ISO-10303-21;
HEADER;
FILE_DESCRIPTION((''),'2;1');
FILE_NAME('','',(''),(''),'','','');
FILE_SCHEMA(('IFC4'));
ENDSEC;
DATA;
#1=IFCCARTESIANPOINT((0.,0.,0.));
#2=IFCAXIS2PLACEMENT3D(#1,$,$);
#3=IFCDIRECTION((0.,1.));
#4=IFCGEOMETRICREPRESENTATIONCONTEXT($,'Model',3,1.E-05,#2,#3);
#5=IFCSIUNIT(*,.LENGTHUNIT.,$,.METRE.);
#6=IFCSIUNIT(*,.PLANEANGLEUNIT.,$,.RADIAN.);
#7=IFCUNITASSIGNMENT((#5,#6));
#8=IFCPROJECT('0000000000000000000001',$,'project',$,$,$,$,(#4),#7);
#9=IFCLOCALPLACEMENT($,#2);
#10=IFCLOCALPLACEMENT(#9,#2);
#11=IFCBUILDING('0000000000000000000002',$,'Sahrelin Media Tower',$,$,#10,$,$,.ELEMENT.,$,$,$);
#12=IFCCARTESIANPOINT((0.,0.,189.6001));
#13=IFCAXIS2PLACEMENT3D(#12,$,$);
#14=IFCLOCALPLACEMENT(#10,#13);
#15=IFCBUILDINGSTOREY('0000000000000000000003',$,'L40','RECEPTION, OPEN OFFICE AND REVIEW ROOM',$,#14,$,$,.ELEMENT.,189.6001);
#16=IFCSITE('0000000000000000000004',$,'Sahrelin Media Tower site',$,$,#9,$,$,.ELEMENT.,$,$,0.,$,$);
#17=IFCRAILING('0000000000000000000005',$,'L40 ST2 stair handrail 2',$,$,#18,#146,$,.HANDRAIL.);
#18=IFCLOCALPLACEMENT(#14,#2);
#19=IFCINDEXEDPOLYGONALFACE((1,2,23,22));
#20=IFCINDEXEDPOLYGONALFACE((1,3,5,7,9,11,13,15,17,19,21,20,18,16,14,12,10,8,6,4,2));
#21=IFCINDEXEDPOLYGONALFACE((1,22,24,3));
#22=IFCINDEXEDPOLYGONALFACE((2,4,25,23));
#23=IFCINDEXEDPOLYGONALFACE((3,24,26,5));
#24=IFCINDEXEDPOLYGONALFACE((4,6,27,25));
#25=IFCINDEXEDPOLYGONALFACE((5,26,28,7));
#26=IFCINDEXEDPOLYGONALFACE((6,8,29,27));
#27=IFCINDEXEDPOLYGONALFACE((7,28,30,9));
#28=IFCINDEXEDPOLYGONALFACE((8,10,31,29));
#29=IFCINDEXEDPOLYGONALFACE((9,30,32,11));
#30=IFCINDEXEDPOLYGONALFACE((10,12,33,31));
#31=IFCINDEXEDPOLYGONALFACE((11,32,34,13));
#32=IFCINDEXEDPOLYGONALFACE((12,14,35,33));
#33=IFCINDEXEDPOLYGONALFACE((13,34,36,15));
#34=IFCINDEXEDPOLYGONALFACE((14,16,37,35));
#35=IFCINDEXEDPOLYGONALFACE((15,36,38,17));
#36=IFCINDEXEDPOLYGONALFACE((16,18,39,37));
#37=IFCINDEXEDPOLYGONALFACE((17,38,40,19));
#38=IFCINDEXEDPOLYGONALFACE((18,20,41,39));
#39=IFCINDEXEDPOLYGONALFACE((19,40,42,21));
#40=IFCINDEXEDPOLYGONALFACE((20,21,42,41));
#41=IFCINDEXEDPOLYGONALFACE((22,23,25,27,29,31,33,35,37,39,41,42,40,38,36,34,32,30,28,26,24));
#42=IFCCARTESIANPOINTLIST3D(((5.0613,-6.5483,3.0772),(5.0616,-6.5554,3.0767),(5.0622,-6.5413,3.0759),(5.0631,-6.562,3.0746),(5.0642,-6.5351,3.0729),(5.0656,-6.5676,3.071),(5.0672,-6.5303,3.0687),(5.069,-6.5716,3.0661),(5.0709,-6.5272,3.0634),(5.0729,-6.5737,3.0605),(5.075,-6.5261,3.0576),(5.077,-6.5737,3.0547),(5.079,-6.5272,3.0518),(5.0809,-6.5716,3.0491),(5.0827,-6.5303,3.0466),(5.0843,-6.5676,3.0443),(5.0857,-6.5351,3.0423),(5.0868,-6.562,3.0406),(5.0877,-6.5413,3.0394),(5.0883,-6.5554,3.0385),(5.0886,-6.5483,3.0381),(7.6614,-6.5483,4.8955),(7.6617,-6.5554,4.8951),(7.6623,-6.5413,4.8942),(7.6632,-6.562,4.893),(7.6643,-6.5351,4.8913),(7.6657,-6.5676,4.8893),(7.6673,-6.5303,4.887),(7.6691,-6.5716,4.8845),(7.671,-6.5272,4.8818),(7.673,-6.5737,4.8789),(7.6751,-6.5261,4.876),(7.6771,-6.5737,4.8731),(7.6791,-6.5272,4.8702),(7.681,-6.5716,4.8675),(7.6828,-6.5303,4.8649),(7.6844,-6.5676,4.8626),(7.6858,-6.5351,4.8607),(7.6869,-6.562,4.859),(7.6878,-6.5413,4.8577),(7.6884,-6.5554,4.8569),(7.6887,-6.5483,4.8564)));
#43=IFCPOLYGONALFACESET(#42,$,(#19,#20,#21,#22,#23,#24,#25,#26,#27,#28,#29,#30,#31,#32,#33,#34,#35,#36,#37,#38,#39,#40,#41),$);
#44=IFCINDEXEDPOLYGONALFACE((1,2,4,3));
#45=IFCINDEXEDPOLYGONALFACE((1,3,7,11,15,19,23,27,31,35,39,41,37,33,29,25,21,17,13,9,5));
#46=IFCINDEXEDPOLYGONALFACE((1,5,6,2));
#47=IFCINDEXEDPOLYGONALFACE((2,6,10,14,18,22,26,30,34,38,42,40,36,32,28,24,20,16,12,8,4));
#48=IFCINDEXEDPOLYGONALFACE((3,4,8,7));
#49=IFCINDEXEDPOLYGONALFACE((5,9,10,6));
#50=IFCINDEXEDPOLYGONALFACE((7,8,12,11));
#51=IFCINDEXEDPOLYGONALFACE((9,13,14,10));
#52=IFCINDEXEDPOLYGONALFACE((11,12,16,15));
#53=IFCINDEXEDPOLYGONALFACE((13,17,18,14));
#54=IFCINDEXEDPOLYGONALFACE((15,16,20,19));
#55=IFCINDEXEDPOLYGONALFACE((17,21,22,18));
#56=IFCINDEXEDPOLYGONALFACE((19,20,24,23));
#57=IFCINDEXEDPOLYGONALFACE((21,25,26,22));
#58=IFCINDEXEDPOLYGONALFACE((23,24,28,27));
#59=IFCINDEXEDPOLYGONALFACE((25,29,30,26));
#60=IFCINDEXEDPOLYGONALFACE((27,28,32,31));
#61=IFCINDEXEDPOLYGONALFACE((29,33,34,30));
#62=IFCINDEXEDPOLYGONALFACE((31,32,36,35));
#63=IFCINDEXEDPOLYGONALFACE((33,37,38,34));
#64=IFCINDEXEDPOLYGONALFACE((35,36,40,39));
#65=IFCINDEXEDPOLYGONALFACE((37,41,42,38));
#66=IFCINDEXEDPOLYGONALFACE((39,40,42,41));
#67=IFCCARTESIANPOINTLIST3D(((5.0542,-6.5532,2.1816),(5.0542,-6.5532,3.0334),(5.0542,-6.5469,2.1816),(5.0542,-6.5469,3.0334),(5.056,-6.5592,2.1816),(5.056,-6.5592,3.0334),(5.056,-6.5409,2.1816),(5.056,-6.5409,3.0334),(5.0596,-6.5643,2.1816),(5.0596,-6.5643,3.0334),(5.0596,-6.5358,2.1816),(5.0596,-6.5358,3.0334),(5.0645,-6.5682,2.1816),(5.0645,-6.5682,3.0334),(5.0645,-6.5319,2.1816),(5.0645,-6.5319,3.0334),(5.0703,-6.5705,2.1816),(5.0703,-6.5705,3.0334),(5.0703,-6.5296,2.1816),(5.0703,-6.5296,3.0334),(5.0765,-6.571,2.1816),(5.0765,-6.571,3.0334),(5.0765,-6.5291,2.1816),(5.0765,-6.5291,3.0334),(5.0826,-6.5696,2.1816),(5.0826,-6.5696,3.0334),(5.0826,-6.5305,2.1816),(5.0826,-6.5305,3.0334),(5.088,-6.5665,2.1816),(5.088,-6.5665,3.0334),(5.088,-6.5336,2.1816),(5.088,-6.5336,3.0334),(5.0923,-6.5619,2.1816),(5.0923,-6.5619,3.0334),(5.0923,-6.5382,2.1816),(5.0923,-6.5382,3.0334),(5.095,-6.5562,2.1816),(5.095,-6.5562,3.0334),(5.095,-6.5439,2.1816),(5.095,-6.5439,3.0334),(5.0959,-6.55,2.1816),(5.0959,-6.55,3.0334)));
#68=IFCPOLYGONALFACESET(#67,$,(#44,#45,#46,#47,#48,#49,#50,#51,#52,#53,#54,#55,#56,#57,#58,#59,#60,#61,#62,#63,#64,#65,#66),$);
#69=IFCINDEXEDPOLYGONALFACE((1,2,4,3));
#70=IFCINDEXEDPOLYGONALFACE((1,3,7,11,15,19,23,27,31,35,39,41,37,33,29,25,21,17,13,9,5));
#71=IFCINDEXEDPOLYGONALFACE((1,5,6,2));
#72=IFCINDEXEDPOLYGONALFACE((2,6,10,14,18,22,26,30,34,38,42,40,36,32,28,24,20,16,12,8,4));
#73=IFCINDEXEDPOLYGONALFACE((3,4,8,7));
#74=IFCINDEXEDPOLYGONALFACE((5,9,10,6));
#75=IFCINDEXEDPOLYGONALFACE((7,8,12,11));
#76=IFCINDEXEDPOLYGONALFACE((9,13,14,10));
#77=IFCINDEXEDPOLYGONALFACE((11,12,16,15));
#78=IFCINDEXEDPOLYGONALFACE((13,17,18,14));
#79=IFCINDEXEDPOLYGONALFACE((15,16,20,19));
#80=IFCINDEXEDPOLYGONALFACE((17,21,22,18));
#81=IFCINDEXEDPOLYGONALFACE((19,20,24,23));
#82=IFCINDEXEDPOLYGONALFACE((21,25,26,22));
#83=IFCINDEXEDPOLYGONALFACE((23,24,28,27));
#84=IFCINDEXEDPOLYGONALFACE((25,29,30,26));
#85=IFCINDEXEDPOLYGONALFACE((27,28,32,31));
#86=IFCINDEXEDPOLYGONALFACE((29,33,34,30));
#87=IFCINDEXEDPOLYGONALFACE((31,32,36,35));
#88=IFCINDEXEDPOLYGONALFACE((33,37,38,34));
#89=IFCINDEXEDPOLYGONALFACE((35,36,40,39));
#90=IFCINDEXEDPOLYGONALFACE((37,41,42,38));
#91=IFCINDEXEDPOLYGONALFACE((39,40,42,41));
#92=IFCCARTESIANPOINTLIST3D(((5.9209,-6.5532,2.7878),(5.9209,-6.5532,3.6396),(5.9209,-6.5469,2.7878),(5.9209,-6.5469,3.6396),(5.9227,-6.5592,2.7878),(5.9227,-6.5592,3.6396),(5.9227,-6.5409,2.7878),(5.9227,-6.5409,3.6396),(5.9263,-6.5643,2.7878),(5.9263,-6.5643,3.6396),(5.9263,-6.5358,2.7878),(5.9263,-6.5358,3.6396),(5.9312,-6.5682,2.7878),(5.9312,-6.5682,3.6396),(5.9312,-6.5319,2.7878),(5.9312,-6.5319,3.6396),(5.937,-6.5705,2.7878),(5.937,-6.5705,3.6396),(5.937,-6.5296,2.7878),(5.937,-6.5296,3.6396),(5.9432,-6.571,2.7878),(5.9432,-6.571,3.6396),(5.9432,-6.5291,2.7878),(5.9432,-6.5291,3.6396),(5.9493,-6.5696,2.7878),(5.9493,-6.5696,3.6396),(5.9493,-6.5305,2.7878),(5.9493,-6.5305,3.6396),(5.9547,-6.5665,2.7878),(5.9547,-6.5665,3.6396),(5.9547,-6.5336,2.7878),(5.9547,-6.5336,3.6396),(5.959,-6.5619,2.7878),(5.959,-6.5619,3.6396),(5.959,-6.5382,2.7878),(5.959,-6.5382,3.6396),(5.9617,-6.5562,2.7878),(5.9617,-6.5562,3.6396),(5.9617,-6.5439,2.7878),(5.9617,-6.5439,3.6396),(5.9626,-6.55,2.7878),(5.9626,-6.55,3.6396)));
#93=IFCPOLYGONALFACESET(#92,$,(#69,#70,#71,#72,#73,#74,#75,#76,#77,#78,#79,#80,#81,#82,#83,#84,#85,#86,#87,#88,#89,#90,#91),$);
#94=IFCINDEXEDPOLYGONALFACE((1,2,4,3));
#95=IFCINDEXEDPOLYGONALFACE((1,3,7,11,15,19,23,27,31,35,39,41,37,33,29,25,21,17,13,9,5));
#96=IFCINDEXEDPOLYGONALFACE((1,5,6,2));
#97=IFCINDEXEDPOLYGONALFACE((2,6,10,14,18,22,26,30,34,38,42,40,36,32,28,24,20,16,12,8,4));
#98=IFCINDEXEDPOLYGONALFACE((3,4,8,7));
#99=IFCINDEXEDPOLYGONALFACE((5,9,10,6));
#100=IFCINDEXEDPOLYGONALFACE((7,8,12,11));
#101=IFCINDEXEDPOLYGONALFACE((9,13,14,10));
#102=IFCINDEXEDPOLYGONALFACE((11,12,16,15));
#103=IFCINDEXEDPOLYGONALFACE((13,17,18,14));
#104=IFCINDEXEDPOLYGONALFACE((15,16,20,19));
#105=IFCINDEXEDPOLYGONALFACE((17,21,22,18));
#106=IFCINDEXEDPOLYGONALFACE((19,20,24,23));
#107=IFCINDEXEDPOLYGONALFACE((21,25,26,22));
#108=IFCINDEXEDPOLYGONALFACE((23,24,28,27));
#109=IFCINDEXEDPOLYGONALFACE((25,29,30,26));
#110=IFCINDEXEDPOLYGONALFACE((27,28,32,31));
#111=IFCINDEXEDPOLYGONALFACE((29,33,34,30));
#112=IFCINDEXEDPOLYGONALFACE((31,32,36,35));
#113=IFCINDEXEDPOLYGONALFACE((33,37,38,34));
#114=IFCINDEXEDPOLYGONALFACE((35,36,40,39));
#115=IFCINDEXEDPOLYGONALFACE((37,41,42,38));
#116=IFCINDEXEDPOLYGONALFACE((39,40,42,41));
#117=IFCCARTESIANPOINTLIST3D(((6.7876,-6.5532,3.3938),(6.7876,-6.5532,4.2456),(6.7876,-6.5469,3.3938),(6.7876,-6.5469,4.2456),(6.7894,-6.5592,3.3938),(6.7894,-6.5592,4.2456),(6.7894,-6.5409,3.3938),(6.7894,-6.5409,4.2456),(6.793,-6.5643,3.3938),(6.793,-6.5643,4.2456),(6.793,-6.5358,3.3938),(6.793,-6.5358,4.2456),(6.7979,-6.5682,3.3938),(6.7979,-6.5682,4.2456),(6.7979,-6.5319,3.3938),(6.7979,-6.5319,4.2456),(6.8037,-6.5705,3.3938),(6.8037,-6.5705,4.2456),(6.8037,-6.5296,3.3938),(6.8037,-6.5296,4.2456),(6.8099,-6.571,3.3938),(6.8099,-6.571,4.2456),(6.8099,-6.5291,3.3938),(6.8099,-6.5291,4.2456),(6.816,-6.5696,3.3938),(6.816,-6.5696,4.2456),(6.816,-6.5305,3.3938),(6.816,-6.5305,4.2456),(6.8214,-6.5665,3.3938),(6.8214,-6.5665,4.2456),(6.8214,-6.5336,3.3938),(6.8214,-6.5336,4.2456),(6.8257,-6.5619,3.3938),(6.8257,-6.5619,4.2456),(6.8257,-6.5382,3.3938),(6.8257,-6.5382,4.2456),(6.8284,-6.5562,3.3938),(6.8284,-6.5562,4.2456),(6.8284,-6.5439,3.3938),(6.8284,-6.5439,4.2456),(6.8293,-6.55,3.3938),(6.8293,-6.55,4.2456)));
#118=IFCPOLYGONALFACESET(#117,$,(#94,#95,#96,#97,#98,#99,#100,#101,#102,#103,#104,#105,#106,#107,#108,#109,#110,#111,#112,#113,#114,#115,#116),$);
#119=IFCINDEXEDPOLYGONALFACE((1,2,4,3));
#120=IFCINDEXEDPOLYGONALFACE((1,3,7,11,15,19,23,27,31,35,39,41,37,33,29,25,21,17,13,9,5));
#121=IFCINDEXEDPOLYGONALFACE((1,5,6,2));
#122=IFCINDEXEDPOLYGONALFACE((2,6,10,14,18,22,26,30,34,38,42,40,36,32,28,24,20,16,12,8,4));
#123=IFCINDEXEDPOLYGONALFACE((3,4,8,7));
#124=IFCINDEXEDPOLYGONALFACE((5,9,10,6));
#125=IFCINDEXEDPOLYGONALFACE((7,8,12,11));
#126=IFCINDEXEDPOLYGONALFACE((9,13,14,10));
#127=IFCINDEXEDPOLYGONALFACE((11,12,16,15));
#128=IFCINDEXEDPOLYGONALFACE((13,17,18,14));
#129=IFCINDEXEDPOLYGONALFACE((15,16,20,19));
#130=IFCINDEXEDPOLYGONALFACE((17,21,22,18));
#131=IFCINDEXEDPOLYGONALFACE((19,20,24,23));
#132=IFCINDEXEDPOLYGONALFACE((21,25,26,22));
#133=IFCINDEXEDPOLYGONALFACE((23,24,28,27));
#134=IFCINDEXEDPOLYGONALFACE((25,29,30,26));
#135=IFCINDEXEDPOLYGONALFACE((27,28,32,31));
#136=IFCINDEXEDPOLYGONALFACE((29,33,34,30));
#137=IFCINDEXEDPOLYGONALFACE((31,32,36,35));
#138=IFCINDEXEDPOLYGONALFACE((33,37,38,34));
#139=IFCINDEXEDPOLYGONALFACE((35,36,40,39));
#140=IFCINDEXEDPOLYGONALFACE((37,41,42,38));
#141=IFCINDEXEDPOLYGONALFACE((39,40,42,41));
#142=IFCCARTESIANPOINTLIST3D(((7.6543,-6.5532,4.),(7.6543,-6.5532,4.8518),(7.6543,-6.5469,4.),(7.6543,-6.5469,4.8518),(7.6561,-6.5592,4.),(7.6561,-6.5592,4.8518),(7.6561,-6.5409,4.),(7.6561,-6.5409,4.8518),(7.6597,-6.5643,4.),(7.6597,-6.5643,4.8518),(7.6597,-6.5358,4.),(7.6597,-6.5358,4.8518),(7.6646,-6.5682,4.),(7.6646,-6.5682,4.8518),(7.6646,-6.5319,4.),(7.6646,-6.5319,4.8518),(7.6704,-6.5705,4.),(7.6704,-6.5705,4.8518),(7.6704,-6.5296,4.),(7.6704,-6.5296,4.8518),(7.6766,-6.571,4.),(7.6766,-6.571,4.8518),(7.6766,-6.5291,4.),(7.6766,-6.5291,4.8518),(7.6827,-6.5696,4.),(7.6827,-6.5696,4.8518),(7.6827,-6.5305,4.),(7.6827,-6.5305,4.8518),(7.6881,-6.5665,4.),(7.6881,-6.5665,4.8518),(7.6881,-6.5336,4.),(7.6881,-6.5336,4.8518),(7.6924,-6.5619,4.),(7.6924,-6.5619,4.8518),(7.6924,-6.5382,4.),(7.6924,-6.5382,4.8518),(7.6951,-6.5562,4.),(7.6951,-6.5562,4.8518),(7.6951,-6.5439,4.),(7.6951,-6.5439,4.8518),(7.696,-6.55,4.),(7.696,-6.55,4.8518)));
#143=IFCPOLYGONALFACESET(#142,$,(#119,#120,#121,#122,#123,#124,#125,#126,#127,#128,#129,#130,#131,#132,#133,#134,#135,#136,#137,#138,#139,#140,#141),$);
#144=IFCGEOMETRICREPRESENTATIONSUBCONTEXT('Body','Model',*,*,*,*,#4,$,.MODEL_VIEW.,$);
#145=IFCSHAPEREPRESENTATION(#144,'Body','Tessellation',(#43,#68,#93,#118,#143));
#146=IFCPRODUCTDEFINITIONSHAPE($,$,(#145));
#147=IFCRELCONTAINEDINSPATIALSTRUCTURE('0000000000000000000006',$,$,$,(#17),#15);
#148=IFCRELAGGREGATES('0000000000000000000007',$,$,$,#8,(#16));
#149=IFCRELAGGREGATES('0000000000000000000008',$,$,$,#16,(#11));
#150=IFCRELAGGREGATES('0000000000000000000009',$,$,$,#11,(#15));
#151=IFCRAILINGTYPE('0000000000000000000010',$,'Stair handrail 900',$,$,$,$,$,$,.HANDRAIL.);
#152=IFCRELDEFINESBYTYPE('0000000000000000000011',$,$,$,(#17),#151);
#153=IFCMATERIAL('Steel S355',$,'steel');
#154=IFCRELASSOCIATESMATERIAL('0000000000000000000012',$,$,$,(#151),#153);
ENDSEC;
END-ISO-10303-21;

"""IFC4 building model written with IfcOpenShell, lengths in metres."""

from ifc_helpers import new_model, si_unit, direction, frame, origin, origin_2d, place, context, subcontext, project, spatial, circle, extrude, material, type_object, element, save


model = new_model("IFC4")

# Units and contexts
model_context = context("Model", 3, precision=1e-05, world=origin(), true_north=direction((0.0, 1.0)))
body_context = subcontext(model_context, "Body", "Model", "MODEL_VIEW")
ifc_project = project(units=[si_unit("LENGTHUNIT", "METRE"), si_unit("PLANEANGLEUNIT", "RADIAN")], contexts=[model_context])

# Site, building, storey
site_placement = place(None, origin())
site = spatial("IfcSite", under=ifc_project, at=site_placement, Name="Sahrelin Media Tower site", CompositionType="ELEMENT", RefElevation=0.0)
building_placement = place(site_placement, origin())
building = spatial("IfcBuilding", under=site, at=building_placement, Name="Sahrelin Media Tower", CompositionType="ELEMENT")
storey_placement = place(building_placement, frame((0.0, 0.0, 189.6001)))
storey = spatial("IfcBuildingStorey", under=building, at=storey_placement, Name="L40", Description="RECEPTION, OPEN OFFICE AND REVIEW ROOM", CompositionType="ELEMENT", Elevation=189.6001)

# Shared definitions
ifc_material_1 = material(Name="Steel S355", Category="steel")

# Railing
railing_type_1 = type_object("IfcRailingType", Name="Stair handrail 900", PredefinedType="HANDRAIL", material=ifc_material_1)
railing_1_placement = place(storey_placement, frame((5.075, -6.55, 2.1816)))
element("IfcRailing", 1, at=railing_1_placement, inside=storey, type_object=railing_type_1, Name="L40 ST2 stair handrail 2", PredefinedType="HANDRAIL", context=body_context, shape_type="SweptSolid", body=[
    extrude(circle(Radius=0.0239, at=origin_2d()), frame((0.0, 0.0, 0.876), z_axis=(0.819485, 0.0, 0.573101), x_axis=(0.0, 1.0, 0.0)), (0.0, 0.0, 1.0), 3.1729),
    extrude(circle(Radius=0.021, at=origin_2d()), origin(), (0.0, 0.0, 1.0), 0.8518),
    extrude(circle(Radius=0.021, at=origin_2d()), frame((0.8667, 0.0, 0.6062)), (0.0, 0.0, 1.0), 0.8518),
    extrude(circle(Radius=0.021, at=origin_2d()), frame((1.7334, 0.0, 1.2122)), (0.0, 0.0, 1.0), 0.8518),
    extrude(circle(Radius=0.021, at=origin_2d()), frame((2.6001, 0.0, 1.8184)), (0.0, 0.0, 1.0), 0.8518),
])

save(model, "model.ifc")
